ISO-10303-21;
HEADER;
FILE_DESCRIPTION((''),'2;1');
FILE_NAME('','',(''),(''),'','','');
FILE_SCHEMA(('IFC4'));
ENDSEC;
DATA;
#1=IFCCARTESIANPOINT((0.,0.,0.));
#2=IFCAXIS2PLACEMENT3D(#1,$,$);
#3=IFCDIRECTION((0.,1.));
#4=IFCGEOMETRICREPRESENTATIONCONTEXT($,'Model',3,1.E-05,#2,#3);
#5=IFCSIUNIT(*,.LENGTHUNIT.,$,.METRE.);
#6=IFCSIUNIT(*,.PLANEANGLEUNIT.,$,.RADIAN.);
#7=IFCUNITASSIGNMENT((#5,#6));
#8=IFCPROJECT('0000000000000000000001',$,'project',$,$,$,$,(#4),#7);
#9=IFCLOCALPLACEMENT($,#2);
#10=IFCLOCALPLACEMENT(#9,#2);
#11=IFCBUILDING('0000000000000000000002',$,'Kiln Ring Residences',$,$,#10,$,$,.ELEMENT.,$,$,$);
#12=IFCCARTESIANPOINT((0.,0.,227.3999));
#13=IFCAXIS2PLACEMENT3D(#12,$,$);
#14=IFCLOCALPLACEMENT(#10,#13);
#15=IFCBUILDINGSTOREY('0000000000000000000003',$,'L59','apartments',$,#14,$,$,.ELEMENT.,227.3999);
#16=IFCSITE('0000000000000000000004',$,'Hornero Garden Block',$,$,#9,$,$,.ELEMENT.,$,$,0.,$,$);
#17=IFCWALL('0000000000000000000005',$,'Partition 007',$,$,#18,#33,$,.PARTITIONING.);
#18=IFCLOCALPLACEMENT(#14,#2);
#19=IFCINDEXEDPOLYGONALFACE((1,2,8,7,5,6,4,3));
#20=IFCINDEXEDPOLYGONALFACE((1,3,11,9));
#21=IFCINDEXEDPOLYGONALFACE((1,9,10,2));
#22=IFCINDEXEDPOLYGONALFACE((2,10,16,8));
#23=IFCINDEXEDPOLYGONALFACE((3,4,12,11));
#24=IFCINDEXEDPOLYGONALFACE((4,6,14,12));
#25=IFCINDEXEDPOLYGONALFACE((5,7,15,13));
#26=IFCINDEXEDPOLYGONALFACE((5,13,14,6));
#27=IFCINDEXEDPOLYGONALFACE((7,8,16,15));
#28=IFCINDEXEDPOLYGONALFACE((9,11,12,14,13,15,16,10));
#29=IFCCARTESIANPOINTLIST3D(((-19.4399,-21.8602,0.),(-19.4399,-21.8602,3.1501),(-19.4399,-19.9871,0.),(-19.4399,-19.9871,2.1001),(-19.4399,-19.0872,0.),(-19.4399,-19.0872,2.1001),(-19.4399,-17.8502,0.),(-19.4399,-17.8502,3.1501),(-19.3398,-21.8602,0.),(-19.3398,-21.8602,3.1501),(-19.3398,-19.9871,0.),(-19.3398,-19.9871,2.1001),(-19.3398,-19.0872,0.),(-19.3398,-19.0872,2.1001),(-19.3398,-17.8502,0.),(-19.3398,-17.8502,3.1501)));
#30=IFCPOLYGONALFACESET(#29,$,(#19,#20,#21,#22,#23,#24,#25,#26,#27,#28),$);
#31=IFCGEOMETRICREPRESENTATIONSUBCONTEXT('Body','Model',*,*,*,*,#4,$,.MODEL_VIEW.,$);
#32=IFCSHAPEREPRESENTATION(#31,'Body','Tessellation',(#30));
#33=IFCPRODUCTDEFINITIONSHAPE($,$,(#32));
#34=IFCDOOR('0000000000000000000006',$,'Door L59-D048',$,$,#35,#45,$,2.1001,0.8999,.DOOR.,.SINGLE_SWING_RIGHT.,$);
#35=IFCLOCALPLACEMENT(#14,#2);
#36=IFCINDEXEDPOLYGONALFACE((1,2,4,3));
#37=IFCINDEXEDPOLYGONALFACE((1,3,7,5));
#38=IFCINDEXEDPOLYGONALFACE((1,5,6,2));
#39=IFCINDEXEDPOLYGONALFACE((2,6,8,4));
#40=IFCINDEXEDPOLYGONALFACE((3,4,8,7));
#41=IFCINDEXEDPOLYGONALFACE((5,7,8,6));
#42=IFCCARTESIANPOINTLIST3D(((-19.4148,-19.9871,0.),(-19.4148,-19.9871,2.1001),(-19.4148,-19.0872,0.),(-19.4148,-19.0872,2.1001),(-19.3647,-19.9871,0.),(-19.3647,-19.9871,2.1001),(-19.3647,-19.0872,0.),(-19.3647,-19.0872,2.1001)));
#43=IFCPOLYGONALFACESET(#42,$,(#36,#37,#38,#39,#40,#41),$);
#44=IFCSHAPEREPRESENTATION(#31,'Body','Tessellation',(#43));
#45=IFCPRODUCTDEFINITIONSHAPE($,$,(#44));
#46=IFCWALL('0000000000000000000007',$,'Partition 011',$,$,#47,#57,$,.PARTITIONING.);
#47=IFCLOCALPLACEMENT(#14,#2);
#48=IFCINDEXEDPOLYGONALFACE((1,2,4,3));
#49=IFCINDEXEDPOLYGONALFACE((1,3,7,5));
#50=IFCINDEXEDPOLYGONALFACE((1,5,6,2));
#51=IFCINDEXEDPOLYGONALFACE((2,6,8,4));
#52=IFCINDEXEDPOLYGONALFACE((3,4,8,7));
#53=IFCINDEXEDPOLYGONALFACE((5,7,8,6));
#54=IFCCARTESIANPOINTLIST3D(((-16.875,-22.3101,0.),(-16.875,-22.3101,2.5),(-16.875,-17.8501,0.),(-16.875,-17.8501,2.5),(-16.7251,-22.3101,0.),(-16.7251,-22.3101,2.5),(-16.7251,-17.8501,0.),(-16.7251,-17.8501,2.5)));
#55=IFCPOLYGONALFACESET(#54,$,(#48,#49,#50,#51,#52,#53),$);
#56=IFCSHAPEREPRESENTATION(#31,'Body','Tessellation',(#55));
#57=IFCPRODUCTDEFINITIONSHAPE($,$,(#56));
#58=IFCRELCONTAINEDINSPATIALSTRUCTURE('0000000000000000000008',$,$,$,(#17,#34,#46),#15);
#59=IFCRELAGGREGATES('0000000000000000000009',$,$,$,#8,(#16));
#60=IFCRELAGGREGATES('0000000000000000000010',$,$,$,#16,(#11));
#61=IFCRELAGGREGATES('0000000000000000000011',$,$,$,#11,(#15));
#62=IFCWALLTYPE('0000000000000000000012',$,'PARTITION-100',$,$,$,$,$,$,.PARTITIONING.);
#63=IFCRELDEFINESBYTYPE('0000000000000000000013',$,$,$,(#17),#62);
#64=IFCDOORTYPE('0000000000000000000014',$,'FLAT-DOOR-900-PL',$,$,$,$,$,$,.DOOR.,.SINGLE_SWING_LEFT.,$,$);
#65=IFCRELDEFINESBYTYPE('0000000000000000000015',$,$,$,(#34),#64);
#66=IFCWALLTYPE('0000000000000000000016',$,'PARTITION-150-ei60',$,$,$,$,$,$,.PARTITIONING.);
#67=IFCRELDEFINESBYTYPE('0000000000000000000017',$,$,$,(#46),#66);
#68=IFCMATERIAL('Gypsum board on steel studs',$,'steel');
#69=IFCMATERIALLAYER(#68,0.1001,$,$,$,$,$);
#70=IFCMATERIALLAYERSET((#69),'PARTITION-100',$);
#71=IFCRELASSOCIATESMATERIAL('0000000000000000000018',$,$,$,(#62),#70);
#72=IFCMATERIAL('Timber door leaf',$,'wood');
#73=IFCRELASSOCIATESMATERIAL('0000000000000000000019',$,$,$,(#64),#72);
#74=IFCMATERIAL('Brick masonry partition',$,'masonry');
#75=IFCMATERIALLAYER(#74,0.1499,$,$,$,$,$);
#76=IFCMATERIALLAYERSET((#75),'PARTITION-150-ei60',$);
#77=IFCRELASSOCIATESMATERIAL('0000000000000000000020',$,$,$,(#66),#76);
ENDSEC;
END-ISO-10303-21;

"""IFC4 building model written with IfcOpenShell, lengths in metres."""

from ifc_helpers import new_model, si_unit, direction, frame, frame_2d, origin, place, context, subcontext, project, spatial, rectangle, extrude, material, layer, layer_set, type_object, element, fill, save


model = new_model("IFC4")

# Units and contexts
model_context = context("Model", 3, precision=1e-05, world=origin(), true_north=direction((0.0, 1.0)))
body_context = subcontext(model_context, "Body", "Model", "MODEL_VIEW")
ifc_project = project(units=[si_unit("LENGTHUNIT", "METRE"), si_unit("PLANEANGLEUNIT", "RADIAN")], contexts=[model_context])

# Site, building, storey
site_placement = place(None, origin())
site = spatial("IfcSite", under=ifc_project, at=site_placement, Name="Hornero Garden Block", CompositionType="ELEMENT", RefElevation=0.0)
building_placement = place(site_placement, origin())
building = spatial("IfcBuilding", under=site, at=building_placement, Name="Kiln Ring Residences", CompositionType="ELEMENT")
storey_placement = place(building_placement, frame((0.0, 0.0, 227.3999)))
storey = spatial("IfcBuildingStorey", under=building, at=storey_placement, Name="L59", Description="apartments", CompositionType="ELEMENT", Elevation=227.3999)

# Wall, opening, door
ifc_material_1 = material(Name="Gypsum board on steel studs", Category="steel")
ifc_layer_1 = layer(ifc_material_1, 0.1001)
ifc_layer_set_1 = layer_set([ifc_layer_1], Name="PARTITION-100")
wall_type_1 = type_object("IfcWallType", Name="PARTITION-100", PredefinedType="PARTITIONING", material=ifc_layer_set_1)
wall_1_placement = place(storey_placement, frame((-19.3899, -21.8601, 0.0), z_axis=(0.0, 0.0, 1.0), x_axis=(0.0, 1.0, 0.0)))
wall_1 = element("IfcWall", 1, at=wall_1_placement, inside=storey, type_object=wall_type_1, Name="Partition 007", PredefinedType="PARTITIONING", context=body_context, shape_type="SweptSolid", body=[
    extrude(rectangle(XDim=4.01, YDim=0.1001, at=frame_2d((2.0049, 0.0))), origin(), (0.0, 0.0, 1.0), 3.1501),
])
opening_1_placement = place(wall_1_placement, frame((1.873, 0.0, 0.0)))
opening_1 = element("IfcOpeningElement", 2, at=opening_1_placement, cuts=wall_1, PredefinedType="OPENING", context=body_context, shape_type="SweptSolid", body=[
    extrude(rectangle(XDim=0.8999, YDim=2.1001, at=frame_2d((0.45, 1.05))), frame((0.0, 0.0601, 0.0), z_axis=(0.0, -1.0, 0.0), x_axis=(1.0, 0.0, 0.0)), (0.0, 0.0, 1.0), 0.1201),
])
ifc_material_2 = material(Name="Timber door leaf", Category="wood")
door_type = type_object("IfcDoorType", Name="FLAT-DOOR-900-PL", OperationType="SINGLE_SWING_LEFT", PredefinedType="DOOR", material=ifc_material_2)
door_placement = place(opening_1_placement, origin())
door = element("IfcDoor", 3, at=door_placement, inside=storey, type_object=door_type, Name="Door L59-D048", OperationType="SINGLE_SWING_RIGHT", OverallHeight=2.1001, OverallWidth=0.8999, PredefinedType="DOOR", context=body_context, shape_type="SweptSolid", body=[
    extrude(rectangle(XDim=0.8999, YDim=2.1001, at=frame_2d((0.45, 1.05))), frame((0.0, 0.0249, 0.0), z_axis=(0.0, -1.0, 0.0), x_axis=(1.0, 0.0, 0.0)), (0.0, 0.0, 1.0), 0.05),
])
fill(opening_1, door)

# Wall
ifc_material_3 = material(Name="Brick masonry partition", Category="masonry")
ifc_layer_2 = layer(ifc_material_3, 0.1499)
ifc_layer_set_2 = layer_set([ifc_layer_2], Name="PARTITION-150-ei60")
wall_type_2 = type_object("IfcWallType", Name="PARTITION-150-ei60", PredefinedType="PARTITIONING", material=ifc_layer_set_2)
wall_2_placement = place(storey_placement, frame((-16.8, -22.3101, 0.0), z_axis=(0.0, 0.0, 1.0), x_axis=(0.0, 1.0, 0.0)))
element("IfcWall", 4, at=wall_2_placement, inside=storey, type_object=wall_type_2, Name="Partition 011", PredefinedType="PARTITIONING", context=body_context, shape_type="SweptSolid", body=[
    extrude(rectangle(XDim=4.46, YDim=0.1499, at=frame_2d((2.23, 0.0))), origin(), (0.0, 0.0, 1.0), 2.5),
])

save(model, "model.ifc")
